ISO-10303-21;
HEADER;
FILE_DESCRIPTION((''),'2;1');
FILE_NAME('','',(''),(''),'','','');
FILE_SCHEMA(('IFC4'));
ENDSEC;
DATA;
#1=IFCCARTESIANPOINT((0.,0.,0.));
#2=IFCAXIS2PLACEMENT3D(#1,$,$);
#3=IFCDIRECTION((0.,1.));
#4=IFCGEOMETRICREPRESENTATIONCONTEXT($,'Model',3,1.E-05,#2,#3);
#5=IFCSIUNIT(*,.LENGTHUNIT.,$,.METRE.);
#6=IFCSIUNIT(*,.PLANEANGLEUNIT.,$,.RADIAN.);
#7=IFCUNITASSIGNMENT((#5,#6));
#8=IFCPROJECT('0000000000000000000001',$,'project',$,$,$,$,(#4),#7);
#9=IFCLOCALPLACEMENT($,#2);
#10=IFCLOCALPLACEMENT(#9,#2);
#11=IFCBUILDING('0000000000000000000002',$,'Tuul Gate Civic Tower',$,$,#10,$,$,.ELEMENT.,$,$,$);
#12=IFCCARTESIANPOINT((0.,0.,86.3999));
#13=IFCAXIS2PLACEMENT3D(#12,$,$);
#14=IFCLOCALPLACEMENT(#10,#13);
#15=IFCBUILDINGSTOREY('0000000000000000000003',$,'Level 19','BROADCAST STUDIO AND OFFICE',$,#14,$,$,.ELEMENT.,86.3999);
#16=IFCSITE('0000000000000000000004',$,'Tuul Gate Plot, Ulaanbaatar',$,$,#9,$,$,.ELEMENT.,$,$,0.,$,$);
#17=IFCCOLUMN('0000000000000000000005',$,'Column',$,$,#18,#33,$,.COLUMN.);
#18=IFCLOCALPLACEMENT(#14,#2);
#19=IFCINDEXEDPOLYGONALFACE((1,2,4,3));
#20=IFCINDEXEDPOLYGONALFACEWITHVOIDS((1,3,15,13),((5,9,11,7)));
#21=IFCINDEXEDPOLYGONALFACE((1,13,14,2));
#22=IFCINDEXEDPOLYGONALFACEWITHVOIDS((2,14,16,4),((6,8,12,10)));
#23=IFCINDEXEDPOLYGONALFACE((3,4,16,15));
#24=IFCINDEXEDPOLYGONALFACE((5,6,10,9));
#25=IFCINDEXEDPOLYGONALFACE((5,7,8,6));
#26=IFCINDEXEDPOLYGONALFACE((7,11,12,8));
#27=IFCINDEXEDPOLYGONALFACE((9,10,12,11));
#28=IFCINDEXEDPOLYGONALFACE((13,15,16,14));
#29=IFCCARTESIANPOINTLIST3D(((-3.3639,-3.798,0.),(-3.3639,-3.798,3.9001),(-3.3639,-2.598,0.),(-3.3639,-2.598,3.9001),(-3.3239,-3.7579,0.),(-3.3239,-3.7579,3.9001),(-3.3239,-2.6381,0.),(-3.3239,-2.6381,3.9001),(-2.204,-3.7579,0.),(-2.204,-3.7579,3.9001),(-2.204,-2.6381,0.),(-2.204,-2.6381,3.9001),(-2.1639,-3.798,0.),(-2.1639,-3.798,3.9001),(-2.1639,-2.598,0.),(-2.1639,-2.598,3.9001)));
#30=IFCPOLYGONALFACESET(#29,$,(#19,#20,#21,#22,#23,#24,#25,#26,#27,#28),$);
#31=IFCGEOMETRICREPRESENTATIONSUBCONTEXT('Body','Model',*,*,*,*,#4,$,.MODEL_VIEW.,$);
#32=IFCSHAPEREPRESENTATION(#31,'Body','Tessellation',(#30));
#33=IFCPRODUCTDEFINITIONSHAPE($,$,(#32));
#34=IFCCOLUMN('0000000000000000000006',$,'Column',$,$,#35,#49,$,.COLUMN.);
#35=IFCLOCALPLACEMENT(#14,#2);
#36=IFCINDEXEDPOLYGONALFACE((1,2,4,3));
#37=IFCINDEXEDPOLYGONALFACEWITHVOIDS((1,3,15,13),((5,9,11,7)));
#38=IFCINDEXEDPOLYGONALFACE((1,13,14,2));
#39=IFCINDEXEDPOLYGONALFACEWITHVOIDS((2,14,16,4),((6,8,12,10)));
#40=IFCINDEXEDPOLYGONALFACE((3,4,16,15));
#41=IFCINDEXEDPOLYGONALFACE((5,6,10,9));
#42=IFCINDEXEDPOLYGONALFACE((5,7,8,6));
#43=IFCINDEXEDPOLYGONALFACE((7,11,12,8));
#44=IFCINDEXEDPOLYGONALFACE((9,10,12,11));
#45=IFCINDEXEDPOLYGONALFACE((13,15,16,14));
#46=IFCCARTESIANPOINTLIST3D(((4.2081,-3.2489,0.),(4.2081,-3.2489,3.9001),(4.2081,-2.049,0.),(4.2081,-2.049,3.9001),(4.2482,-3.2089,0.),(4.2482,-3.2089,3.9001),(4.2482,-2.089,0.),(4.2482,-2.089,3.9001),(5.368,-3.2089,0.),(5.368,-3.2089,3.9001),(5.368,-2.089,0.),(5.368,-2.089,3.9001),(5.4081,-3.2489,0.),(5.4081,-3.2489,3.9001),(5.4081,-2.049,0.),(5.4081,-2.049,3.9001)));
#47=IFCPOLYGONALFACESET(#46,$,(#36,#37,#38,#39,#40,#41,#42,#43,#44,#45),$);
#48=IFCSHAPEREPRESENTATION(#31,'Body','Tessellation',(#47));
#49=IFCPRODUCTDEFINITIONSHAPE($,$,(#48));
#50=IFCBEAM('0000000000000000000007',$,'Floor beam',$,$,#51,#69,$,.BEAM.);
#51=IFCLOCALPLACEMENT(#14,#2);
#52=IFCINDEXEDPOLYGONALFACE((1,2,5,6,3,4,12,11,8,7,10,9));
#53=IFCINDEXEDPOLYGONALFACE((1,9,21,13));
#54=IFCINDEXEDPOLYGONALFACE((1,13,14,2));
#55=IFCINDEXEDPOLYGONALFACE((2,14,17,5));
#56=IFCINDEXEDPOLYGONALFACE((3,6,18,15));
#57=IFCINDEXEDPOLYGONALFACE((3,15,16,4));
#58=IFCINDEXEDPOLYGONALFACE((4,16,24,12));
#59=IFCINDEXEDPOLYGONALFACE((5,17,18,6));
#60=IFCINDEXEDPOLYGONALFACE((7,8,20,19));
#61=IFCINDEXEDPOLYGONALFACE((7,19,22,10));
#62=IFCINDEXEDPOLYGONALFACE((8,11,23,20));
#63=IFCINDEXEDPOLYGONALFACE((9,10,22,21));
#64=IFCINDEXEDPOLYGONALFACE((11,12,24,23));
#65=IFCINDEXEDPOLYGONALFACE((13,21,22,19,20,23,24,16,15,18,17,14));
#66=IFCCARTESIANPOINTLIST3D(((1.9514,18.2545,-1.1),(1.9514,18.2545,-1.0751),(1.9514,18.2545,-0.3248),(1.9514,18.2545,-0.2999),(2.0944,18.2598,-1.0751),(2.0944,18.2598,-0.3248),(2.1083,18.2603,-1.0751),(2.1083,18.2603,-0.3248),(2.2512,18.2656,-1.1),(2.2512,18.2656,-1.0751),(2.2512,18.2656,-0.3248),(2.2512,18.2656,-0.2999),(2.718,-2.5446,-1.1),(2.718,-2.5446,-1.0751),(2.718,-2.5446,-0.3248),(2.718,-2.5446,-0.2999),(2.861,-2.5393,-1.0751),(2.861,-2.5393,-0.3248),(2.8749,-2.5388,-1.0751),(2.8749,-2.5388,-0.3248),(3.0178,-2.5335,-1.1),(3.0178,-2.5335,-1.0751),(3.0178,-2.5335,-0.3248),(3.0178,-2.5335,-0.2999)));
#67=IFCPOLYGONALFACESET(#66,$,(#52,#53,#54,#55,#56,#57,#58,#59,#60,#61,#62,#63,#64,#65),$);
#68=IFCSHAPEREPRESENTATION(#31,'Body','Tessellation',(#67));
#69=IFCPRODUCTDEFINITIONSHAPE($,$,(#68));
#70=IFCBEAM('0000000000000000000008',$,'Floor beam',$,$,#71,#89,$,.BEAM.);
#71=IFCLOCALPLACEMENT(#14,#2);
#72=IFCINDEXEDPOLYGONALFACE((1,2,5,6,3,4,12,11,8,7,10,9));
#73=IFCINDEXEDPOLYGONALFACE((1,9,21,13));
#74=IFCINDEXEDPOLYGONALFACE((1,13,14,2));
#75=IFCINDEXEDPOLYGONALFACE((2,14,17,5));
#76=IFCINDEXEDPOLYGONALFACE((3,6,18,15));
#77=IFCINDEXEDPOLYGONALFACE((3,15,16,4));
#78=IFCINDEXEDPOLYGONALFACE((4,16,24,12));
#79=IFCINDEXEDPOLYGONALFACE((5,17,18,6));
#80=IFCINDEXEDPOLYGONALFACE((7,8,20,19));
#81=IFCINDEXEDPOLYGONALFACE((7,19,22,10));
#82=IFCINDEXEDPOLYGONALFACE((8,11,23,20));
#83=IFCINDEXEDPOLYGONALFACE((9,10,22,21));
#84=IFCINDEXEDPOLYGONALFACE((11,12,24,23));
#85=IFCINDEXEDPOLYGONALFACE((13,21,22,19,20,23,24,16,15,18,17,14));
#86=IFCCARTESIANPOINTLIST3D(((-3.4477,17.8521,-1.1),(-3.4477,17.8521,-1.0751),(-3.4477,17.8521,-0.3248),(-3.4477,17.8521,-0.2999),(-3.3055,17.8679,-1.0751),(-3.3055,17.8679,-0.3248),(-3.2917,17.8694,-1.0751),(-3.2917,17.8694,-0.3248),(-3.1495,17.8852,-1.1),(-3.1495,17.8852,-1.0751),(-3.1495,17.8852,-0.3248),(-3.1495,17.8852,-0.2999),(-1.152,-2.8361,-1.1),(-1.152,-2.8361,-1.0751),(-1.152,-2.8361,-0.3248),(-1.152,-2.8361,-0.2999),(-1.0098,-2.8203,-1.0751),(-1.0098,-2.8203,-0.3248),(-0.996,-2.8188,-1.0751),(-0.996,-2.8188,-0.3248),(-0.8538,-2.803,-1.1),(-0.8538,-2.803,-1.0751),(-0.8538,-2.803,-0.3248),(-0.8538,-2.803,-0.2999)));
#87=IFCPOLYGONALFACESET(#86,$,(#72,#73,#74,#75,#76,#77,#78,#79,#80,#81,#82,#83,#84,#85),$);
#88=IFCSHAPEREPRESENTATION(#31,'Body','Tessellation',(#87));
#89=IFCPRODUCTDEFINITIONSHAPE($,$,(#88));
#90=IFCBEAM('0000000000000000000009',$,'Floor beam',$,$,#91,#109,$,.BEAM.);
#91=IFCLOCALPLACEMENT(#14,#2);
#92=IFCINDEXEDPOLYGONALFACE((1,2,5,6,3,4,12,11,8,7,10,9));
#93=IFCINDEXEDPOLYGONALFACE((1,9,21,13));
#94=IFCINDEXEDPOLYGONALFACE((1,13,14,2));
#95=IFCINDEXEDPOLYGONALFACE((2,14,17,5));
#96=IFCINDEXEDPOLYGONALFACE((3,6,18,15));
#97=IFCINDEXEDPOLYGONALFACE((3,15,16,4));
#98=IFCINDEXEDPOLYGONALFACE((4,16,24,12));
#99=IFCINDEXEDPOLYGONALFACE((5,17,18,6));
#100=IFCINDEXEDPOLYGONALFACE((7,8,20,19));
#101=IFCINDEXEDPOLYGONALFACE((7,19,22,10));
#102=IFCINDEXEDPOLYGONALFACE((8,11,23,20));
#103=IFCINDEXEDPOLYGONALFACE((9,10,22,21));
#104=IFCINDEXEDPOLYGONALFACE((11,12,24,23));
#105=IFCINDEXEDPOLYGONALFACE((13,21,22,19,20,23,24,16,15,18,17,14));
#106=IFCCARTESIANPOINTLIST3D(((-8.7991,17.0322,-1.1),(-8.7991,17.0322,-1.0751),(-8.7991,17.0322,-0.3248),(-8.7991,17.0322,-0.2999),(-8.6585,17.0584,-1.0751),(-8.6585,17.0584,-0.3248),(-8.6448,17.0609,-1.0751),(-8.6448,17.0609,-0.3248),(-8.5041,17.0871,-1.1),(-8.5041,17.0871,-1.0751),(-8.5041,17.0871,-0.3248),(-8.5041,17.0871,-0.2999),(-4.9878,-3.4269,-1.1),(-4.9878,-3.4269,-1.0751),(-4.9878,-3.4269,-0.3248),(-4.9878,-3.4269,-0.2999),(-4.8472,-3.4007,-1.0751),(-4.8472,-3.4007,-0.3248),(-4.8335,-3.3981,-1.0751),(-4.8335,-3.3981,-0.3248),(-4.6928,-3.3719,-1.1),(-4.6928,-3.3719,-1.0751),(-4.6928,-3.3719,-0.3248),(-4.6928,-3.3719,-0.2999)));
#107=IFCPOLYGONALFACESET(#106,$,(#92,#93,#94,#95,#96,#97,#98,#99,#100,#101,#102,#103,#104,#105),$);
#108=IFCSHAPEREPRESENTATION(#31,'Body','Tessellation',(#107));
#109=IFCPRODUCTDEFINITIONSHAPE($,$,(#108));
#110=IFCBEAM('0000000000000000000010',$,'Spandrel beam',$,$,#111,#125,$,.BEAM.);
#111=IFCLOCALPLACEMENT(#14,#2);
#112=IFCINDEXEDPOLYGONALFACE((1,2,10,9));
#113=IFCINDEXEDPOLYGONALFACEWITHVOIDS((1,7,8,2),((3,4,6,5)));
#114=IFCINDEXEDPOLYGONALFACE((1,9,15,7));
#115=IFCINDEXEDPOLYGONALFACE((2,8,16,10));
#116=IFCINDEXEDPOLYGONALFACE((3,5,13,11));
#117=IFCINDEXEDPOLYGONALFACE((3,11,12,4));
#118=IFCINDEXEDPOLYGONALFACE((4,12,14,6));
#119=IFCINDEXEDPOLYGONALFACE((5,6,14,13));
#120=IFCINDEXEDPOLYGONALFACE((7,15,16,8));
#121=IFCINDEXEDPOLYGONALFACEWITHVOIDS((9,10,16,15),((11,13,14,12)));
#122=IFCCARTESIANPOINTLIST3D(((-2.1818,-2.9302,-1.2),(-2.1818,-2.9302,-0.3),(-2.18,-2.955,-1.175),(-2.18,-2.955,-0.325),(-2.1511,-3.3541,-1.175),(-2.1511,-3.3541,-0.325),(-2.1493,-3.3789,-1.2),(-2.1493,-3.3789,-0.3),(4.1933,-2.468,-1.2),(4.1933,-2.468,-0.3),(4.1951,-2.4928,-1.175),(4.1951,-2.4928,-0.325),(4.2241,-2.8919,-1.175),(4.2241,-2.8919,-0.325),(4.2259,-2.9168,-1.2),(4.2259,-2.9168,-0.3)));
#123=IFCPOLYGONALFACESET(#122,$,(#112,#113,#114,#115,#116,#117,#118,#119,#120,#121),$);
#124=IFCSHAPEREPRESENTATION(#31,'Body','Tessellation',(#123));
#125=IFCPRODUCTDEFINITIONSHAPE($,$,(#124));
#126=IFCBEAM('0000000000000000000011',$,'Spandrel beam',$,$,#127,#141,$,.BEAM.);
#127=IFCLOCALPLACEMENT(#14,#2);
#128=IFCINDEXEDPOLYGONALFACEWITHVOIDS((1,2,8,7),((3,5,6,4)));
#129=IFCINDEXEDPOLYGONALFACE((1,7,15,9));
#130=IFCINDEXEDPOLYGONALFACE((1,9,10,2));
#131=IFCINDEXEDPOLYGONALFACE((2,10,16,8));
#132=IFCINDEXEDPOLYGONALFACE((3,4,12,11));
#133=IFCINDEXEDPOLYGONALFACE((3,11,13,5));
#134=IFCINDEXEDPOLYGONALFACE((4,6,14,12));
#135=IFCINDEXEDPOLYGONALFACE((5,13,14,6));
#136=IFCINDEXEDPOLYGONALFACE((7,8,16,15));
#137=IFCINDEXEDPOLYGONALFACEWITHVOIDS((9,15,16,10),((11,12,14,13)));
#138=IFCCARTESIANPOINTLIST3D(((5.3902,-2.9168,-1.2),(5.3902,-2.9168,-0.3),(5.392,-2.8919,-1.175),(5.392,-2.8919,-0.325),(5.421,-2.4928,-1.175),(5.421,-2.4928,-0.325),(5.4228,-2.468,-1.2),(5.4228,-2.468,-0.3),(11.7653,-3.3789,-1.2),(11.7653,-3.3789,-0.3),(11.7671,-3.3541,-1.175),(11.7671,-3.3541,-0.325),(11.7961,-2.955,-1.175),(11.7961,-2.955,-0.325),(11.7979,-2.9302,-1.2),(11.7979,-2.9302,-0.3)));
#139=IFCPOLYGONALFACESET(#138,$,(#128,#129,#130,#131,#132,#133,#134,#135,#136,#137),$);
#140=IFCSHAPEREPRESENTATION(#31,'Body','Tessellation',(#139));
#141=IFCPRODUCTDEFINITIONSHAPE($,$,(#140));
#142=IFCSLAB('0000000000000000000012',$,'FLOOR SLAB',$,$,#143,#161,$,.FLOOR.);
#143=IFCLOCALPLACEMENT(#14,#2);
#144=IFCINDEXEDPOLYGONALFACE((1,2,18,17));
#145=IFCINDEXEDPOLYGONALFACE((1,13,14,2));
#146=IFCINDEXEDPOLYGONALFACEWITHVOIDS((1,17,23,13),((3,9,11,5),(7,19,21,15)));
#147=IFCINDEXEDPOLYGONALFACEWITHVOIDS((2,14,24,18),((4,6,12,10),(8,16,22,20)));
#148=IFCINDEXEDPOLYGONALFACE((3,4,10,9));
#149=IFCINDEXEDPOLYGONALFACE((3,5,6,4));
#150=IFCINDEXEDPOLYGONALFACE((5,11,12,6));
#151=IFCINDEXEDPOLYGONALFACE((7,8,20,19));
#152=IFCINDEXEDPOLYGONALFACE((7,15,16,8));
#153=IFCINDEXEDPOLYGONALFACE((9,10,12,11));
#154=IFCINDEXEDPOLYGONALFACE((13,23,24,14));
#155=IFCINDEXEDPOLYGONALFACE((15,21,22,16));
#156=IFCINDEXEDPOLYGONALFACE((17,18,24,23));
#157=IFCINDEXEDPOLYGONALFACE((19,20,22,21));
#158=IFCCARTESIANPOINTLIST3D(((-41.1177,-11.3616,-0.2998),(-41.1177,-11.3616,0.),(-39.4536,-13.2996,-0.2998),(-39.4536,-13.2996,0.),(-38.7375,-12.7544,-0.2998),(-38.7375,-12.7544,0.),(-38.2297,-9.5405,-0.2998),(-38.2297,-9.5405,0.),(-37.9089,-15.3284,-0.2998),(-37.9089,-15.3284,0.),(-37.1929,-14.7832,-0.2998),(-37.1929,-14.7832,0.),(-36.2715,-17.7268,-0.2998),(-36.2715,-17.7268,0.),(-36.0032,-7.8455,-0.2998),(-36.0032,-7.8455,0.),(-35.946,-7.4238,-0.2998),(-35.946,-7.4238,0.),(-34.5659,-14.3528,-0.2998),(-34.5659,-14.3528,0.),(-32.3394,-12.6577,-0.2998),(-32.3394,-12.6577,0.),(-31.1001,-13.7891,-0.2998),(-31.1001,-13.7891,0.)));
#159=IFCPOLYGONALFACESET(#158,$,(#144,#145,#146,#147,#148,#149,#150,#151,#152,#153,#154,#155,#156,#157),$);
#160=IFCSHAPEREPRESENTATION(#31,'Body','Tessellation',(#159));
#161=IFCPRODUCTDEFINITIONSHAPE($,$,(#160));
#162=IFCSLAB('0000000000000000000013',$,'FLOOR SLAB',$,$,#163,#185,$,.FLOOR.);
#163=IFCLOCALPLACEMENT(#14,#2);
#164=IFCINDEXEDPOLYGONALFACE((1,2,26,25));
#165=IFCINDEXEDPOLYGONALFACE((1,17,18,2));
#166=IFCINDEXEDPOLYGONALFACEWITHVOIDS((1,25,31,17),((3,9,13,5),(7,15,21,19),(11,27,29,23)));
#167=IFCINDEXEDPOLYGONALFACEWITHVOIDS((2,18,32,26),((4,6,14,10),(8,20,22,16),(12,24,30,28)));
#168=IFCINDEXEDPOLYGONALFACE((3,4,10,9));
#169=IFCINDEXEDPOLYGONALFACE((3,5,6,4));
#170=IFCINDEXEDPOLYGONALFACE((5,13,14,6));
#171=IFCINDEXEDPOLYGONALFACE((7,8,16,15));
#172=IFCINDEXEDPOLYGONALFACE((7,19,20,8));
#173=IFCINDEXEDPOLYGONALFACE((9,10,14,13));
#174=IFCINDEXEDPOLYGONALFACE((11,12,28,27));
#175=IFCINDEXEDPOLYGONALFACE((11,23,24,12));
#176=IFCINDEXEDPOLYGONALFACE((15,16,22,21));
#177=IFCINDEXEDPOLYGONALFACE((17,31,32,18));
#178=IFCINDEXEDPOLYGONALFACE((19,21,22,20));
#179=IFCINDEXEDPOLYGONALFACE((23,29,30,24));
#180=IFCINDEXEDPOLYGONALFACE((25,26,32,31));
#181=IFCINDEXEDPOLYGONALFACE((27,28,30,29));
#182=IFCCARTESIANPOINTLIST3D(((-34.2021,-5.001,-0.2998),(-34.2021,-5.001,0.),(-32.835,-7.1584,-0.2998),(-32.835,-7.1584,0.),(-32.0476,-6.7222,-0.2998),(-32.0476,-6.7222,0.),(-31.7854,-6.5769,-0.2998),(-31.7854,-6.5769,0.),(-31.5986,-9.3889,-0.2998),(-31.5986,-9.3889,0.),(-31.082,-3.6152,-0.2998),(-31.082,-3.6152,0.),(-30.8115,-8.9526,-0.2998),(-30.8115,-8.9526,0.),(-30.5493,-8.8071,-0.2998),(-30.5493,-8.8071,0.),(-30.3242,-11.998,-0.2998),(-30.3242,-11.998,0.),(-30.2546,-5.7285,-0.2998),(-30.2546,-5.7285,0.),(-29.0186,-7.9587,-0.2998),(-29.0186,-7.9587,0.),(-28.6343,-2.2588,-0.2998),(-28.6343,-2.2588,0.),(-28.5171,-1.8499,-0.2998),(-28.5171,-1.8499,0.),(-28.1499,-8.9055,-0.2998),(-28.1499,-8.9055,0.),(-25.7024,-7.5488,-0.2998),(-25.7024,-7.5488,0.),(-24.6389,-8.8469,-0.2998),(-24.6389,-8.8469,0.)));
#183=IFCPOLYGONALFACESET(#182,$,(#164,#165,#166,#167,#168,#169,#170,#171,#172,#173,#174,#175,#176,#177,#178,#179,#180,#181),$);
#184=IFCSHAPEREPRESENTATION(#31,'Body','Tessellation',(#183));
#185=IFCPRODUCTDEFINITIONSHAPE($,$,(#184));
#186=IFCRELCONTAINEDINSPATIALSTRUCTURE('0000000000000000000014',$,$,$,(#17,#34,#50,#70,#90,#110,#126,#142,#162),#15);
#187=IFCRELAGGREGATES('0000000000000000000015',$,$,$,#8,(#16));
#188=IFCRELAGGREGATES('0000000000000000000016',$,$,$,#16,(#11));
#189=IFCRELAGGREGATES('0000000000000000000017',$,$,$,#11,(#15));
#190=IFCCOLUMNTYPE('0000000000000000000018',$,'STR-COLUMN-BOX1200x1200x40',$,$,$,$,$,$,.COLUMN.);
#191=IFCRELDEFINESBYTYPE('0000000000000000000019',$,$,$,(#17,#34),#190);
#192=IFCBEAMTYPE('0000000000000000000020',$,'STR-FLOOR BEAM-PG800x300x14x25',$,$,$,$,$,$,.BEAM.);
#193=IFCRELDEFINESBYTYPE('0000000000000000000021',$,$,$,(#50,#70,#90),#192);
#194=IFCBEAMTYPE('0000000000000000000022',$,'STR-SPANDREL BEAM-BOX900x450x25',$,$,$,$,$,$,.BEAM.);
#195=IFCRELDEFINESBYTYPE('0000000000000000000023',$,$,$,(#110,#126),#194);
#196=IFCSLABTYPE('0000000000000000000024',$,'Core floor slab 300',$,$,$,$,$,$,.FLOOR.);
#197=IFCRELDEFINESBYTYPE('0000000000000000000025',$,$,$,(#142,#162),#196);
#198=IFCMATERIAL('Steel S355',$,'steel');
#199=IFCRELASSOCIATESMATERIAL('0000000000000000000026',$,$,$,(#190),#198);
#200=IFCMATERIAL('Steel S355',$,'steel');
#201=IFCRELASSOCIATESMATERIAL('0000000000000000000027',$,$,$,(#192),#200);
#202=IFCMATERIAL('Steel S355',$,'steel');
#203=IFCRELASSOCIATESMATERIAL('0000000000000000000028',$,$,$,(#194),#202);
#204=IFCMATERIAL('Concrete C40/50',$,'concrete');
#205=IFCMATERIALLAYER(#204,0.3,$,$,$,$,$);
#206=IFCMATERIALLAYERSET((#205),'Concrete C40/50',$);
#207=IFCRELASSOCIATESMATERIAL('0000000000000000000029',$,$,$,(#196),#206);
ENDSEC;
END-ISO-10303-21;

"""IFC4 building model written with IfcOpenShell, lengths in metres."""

from ifc_helpers import new_model, si_unit, direction, frame, origin, origin_2d, place, context, subcontext, project, spatial, polyline, hollow_rectangle, i_section, outline, extrude, material, layer, layer_set, material_profile, profile_set, type_object, element, save


model = new_model("IFC4")

# Units and contexts
model_context = context("Model", 3, precision=1e-05, world=origin(), true_north=direction((0.0, 1.0)))
body_context = subcontext(model_context, "Body", "Model", "MODEL_VIEW")
ifc_project = project(units=[si_unit("LENGTHUNIT", "METRE"), si_unit("PLANEANGLEUNIT", "RADIAN")], contexts=[model_context])

# Site, building, storey
site_placement = place(None, origin())
site = spatial("IfcSite", under=ifc_project, at=site_placement, Name="Tuul Gate Plot, Ulaanbaatar", CompositionType="ELEMENT", RefElevation=0.0)
building_placement = place(site_placement, origin())
building = spatial("IfcBuilding", under=site, at=building_placement, Name="Tuul Gate Civic Tower", CompositionType="ELEMENT")
storey_placement = place(building_placement, frame((0.0, 0.0, 86.3999)))
storey = spatial("IfcBuildingStorey", under=building, at=storey_placement, Name="Level 19", Description="BROADCAST STUDIO AND OFFICE", CompositionType="ELEMENT", Elevation=86.3999)

# Columns
ifc_material_1 = material(Name="Steel S355", Category="steel")
ifc_material_profile_1 = material_profile(ifc_material_1, hollow_rectangle(XDim=1.2, YDim=1.2, WallThickness=0.04, at=origin_2d()), Name="BOX1200x1200x40")
ifc_profile_set_1 = profile_set([ifc_material_profile_1], Name="Steel S355")
column_type = type_object("IfcColumnType", Name="STR-COLUMN-BOX1200x1200x40", PredefinedType="COLUMN", material=ifc_profile_set_1)
for number, where, z_axis, x_axis, name in (
    (1, (-2.7639, -3.198, 0.0), (0.0, 0.0, 1.0), (1.0, 0.0, 0.0), "Column"),
    (2, (4.8081, -2.6489, 0.0), (0.0, 0.0, 1.0), (1.0, 0.0, 0.0), "Column"),
):
    element("IfcColumn", number, at=place(storey_placement, frame(where, z_axis=z_axis, x_axis=x_axis)), inside=storey, type_object=column_type, Name=name, PredefinedType="COLUMN", context=body_context, shape_type="SweptSolid", body=[
        extrude(hollow_rectangle(XDim=1.2, YDim=1.2, WallThickness=0.04, at=origin_2d()), origin(), (0.0, 0.0, 1.0), 3.9001),
    ])

# Beams
ifc_material_2 = material(Name="Steel S355", Category="steel")
ifc_material_profile_2 = material_profile(ifc_material_2, i_section(OverallWidth=0.3, OverallDepth=0.8, WebThickness=0.0139, FlangeThickness=0.0249, at=origin_2d()), Name="PG800x300x14x25")
ifc_profile_set_2 = profile_set([ifc_material_profile_2], Name="Steel S355")
beam_type_1 = type_object("IfcBeamType", Name="STR-FLOOR BEAM-PG800x300x14x25", PredefinedType="BEAM", material=ifc_profile_set_2)
beam_1_placement = place(storey_placement, frame((2.8679, -2.5391, -0.7), z_axis=(-0.036832, 0.999321, 0.0), x_axis=(-0.999321, -0.036832, 0.0)))
element("IfcBeam", 3, at=beam_1_placement, inside=storey, type_object=beam_type_1, Name="Floor beam", PredefinedType="BEAM", context=body_context, shape_type="SweptSolid", body=[
    extrude(i_section(OverallWidth=0.3, OverallDepth=0.8, WebThickness=0.0139, FlangeThickness=0.0249, at=origin_2d()), origin(), (0.0, 0.0, 1.0), 20.8132),
])
beam_2_placement = place(storey_placement, frame((-1.0029, -2.8196, -0.7), z_axis=(-0.110287, 0.9939, 0.0), x_axis=(-0.9939, -0.110287, 0.0)))
element("IfcBeam", 4, at=beam_2_placement, inside=storey, type_object=beam_type_1, Name="Floor beam", PredefinedType="BEAM", context=body_context, shape_type="SweptSolid", body=[
    extrude(i_section(OverallWidth=0.3, OverallDepth=0.8, WebThickness=0.0139, FlangeThickness=0.0249, at=origin_2d()), origin(), (0.0, 0.0, 1.0), 20.8152),
])
beam_3_placement = place(storey_placement, frame((-4.8403, -3.3994, -0.7), z_axis=(-0.183138, 0.983087, 0.0), x_axis=(-0.983087, -0.183138, 0.0)))
element("IfcBeam", 5, at=beam_3_placement, inside=storey, type_object=beam_type_1, Name="Floor beam", PredefinedType="BEAM", context=body_context, shape_type="SweptSolid", body=[
    extrude(i_section(OverallWidth=0.3, OverallDepth=0.8, WebThickness=0.0139, FlangeThickness=0.0249, at=origin_2d()), origin(), (0.0, 0.0, 1.0), 20.811),
])
ifc_material_3 = material(Name="Steel S355", Category="steel")
ifc_material_profile_3 = material_profile(ifc_material_3, hollow_rectangle(XDim=0.45, YDim=0.8999, WallThickness=0.0249, at=origin_2d()), Name="BOX900x450x25")
ifc_profile_set_3 = profile_set([ifc_material_profile_3], Name="Steel S355")
beam_type_2 = type_object("IfcBeamType", Name="STR-SPANDREL BEAM-BOX900x450x25", PredefinedType="BEAM", material=ifc_profile_set_3)
for number, where, z_axis, x_axis, name in (
    (6, (-2.1655, -3.1545, -0.75), (0.997383, 0.072306, 0.0), (-0.072306, 0.997383, 0.0), "Spandrel beam"),
    (7, (5.4065, -2.6924, -0.75), (0.997383, -0.072306, 0.0), (0.072306, 0.997383, 0.0), "Spandrel beam"),
):
    element("IfcBeam", number, at=place(storey_placement, frame(where, z_axis=z_axis, x_axis=x_axis)), inside=storey, type_object=beam_type_2, Name=name, PredefinedType="BEAM", context=body_context, shape_type="SweptSolid", body=[
        extrude(hollow_rectangle(XDim=0.45, YDim=0.8999, WallThickness=0.0249, at=origin_2d()), origin(), (0.0, 0.0, 1.0), 6.3918),
    ])

# Slabs
ifc_material_4 = material(Name="Concrete C40/50", Category="concrete")
ifc_layer_1 = layer(ifc_material_4, 0.3)
ifc_layer_set_1 = layer_set([ifc_layer_1], Name="Concrete C40/50")
slab_type_1 = type_object("IfcSlabType", Name="Core floor slab 300", PredefinedType="FLOOR", material=ifc_layer_set_1)
slab_1_placement = place(storey_placement, frame((0.0, 0.0, -0.2998)))
element("IfcSlab", 8, at=slab_1_placement, inside=storey, type_object=slab_type_1, Name="FLOOR SLAB", PredefinedType="FLOOR", context=body_context, shape_type="SweptSolid", body=[
    extrude(outline(polyline([(-31.1001, -13.7891), (-35.946, -7.4238), (-41.1177, -11.3616), (-36.2715, -17.7268), (-31.1001, -13.7891)]), holes=[polyline([(-37.1929, -14.7832), (-38.7375, -12.7544), (-39.4536, -13.2996), (-37.9089, -15.3284), (-37.1929, -14.7832)]), polyline([(-32.3394, -12.6577), (-34.5659, -14.3528), (-38.2297, -9.5405), (-36.0032, -7.8455), (-32.3394, -12.6577)])]), origin(), (0.0, 0.0, 1.0), 0.2998),
])
slab_2_placement = place(storey_placement, frame((0.0, 0.0, -0.2998)))
element("IfcSlab", 9, at=slab_2_placement, inside=storey, type_object=slab_type_1, Name="FLOOR SLAB", PredefinedType="FLOOR", context=body_context, shape_type="SweptSolid", body=[
    extrude(outline(polyline([(-24.6389, -8.8469), (-28.5171, -1.8499), (-34.2021, -5.001), (-30.3242, -11.998), (-24.6389, -8.8469)]), holes=[polyline([(-29.0186, -7.9587), (-30.2546, -5.7285), (-31.7854, -6.5769), (-30.5493, -8.8071), (-29.0186, -7.9587)]), polyline([(-30.8115, -8.9526), (-32.0476, -6.7222), (-32.835, -7.1584), (-31.5986, -9.3889), (-30.8115, -8.9526)]), polyline([(-25.7024, -7.5488), (-28.1499, -8.9055), (-31.082, -3.6152), (-28.6343, -2.2588), (-25.7024, -7.5488)])]), origin(), (0.0, 0.0, 1.0), 0.2998),
])

save(model, "model.ifc")
